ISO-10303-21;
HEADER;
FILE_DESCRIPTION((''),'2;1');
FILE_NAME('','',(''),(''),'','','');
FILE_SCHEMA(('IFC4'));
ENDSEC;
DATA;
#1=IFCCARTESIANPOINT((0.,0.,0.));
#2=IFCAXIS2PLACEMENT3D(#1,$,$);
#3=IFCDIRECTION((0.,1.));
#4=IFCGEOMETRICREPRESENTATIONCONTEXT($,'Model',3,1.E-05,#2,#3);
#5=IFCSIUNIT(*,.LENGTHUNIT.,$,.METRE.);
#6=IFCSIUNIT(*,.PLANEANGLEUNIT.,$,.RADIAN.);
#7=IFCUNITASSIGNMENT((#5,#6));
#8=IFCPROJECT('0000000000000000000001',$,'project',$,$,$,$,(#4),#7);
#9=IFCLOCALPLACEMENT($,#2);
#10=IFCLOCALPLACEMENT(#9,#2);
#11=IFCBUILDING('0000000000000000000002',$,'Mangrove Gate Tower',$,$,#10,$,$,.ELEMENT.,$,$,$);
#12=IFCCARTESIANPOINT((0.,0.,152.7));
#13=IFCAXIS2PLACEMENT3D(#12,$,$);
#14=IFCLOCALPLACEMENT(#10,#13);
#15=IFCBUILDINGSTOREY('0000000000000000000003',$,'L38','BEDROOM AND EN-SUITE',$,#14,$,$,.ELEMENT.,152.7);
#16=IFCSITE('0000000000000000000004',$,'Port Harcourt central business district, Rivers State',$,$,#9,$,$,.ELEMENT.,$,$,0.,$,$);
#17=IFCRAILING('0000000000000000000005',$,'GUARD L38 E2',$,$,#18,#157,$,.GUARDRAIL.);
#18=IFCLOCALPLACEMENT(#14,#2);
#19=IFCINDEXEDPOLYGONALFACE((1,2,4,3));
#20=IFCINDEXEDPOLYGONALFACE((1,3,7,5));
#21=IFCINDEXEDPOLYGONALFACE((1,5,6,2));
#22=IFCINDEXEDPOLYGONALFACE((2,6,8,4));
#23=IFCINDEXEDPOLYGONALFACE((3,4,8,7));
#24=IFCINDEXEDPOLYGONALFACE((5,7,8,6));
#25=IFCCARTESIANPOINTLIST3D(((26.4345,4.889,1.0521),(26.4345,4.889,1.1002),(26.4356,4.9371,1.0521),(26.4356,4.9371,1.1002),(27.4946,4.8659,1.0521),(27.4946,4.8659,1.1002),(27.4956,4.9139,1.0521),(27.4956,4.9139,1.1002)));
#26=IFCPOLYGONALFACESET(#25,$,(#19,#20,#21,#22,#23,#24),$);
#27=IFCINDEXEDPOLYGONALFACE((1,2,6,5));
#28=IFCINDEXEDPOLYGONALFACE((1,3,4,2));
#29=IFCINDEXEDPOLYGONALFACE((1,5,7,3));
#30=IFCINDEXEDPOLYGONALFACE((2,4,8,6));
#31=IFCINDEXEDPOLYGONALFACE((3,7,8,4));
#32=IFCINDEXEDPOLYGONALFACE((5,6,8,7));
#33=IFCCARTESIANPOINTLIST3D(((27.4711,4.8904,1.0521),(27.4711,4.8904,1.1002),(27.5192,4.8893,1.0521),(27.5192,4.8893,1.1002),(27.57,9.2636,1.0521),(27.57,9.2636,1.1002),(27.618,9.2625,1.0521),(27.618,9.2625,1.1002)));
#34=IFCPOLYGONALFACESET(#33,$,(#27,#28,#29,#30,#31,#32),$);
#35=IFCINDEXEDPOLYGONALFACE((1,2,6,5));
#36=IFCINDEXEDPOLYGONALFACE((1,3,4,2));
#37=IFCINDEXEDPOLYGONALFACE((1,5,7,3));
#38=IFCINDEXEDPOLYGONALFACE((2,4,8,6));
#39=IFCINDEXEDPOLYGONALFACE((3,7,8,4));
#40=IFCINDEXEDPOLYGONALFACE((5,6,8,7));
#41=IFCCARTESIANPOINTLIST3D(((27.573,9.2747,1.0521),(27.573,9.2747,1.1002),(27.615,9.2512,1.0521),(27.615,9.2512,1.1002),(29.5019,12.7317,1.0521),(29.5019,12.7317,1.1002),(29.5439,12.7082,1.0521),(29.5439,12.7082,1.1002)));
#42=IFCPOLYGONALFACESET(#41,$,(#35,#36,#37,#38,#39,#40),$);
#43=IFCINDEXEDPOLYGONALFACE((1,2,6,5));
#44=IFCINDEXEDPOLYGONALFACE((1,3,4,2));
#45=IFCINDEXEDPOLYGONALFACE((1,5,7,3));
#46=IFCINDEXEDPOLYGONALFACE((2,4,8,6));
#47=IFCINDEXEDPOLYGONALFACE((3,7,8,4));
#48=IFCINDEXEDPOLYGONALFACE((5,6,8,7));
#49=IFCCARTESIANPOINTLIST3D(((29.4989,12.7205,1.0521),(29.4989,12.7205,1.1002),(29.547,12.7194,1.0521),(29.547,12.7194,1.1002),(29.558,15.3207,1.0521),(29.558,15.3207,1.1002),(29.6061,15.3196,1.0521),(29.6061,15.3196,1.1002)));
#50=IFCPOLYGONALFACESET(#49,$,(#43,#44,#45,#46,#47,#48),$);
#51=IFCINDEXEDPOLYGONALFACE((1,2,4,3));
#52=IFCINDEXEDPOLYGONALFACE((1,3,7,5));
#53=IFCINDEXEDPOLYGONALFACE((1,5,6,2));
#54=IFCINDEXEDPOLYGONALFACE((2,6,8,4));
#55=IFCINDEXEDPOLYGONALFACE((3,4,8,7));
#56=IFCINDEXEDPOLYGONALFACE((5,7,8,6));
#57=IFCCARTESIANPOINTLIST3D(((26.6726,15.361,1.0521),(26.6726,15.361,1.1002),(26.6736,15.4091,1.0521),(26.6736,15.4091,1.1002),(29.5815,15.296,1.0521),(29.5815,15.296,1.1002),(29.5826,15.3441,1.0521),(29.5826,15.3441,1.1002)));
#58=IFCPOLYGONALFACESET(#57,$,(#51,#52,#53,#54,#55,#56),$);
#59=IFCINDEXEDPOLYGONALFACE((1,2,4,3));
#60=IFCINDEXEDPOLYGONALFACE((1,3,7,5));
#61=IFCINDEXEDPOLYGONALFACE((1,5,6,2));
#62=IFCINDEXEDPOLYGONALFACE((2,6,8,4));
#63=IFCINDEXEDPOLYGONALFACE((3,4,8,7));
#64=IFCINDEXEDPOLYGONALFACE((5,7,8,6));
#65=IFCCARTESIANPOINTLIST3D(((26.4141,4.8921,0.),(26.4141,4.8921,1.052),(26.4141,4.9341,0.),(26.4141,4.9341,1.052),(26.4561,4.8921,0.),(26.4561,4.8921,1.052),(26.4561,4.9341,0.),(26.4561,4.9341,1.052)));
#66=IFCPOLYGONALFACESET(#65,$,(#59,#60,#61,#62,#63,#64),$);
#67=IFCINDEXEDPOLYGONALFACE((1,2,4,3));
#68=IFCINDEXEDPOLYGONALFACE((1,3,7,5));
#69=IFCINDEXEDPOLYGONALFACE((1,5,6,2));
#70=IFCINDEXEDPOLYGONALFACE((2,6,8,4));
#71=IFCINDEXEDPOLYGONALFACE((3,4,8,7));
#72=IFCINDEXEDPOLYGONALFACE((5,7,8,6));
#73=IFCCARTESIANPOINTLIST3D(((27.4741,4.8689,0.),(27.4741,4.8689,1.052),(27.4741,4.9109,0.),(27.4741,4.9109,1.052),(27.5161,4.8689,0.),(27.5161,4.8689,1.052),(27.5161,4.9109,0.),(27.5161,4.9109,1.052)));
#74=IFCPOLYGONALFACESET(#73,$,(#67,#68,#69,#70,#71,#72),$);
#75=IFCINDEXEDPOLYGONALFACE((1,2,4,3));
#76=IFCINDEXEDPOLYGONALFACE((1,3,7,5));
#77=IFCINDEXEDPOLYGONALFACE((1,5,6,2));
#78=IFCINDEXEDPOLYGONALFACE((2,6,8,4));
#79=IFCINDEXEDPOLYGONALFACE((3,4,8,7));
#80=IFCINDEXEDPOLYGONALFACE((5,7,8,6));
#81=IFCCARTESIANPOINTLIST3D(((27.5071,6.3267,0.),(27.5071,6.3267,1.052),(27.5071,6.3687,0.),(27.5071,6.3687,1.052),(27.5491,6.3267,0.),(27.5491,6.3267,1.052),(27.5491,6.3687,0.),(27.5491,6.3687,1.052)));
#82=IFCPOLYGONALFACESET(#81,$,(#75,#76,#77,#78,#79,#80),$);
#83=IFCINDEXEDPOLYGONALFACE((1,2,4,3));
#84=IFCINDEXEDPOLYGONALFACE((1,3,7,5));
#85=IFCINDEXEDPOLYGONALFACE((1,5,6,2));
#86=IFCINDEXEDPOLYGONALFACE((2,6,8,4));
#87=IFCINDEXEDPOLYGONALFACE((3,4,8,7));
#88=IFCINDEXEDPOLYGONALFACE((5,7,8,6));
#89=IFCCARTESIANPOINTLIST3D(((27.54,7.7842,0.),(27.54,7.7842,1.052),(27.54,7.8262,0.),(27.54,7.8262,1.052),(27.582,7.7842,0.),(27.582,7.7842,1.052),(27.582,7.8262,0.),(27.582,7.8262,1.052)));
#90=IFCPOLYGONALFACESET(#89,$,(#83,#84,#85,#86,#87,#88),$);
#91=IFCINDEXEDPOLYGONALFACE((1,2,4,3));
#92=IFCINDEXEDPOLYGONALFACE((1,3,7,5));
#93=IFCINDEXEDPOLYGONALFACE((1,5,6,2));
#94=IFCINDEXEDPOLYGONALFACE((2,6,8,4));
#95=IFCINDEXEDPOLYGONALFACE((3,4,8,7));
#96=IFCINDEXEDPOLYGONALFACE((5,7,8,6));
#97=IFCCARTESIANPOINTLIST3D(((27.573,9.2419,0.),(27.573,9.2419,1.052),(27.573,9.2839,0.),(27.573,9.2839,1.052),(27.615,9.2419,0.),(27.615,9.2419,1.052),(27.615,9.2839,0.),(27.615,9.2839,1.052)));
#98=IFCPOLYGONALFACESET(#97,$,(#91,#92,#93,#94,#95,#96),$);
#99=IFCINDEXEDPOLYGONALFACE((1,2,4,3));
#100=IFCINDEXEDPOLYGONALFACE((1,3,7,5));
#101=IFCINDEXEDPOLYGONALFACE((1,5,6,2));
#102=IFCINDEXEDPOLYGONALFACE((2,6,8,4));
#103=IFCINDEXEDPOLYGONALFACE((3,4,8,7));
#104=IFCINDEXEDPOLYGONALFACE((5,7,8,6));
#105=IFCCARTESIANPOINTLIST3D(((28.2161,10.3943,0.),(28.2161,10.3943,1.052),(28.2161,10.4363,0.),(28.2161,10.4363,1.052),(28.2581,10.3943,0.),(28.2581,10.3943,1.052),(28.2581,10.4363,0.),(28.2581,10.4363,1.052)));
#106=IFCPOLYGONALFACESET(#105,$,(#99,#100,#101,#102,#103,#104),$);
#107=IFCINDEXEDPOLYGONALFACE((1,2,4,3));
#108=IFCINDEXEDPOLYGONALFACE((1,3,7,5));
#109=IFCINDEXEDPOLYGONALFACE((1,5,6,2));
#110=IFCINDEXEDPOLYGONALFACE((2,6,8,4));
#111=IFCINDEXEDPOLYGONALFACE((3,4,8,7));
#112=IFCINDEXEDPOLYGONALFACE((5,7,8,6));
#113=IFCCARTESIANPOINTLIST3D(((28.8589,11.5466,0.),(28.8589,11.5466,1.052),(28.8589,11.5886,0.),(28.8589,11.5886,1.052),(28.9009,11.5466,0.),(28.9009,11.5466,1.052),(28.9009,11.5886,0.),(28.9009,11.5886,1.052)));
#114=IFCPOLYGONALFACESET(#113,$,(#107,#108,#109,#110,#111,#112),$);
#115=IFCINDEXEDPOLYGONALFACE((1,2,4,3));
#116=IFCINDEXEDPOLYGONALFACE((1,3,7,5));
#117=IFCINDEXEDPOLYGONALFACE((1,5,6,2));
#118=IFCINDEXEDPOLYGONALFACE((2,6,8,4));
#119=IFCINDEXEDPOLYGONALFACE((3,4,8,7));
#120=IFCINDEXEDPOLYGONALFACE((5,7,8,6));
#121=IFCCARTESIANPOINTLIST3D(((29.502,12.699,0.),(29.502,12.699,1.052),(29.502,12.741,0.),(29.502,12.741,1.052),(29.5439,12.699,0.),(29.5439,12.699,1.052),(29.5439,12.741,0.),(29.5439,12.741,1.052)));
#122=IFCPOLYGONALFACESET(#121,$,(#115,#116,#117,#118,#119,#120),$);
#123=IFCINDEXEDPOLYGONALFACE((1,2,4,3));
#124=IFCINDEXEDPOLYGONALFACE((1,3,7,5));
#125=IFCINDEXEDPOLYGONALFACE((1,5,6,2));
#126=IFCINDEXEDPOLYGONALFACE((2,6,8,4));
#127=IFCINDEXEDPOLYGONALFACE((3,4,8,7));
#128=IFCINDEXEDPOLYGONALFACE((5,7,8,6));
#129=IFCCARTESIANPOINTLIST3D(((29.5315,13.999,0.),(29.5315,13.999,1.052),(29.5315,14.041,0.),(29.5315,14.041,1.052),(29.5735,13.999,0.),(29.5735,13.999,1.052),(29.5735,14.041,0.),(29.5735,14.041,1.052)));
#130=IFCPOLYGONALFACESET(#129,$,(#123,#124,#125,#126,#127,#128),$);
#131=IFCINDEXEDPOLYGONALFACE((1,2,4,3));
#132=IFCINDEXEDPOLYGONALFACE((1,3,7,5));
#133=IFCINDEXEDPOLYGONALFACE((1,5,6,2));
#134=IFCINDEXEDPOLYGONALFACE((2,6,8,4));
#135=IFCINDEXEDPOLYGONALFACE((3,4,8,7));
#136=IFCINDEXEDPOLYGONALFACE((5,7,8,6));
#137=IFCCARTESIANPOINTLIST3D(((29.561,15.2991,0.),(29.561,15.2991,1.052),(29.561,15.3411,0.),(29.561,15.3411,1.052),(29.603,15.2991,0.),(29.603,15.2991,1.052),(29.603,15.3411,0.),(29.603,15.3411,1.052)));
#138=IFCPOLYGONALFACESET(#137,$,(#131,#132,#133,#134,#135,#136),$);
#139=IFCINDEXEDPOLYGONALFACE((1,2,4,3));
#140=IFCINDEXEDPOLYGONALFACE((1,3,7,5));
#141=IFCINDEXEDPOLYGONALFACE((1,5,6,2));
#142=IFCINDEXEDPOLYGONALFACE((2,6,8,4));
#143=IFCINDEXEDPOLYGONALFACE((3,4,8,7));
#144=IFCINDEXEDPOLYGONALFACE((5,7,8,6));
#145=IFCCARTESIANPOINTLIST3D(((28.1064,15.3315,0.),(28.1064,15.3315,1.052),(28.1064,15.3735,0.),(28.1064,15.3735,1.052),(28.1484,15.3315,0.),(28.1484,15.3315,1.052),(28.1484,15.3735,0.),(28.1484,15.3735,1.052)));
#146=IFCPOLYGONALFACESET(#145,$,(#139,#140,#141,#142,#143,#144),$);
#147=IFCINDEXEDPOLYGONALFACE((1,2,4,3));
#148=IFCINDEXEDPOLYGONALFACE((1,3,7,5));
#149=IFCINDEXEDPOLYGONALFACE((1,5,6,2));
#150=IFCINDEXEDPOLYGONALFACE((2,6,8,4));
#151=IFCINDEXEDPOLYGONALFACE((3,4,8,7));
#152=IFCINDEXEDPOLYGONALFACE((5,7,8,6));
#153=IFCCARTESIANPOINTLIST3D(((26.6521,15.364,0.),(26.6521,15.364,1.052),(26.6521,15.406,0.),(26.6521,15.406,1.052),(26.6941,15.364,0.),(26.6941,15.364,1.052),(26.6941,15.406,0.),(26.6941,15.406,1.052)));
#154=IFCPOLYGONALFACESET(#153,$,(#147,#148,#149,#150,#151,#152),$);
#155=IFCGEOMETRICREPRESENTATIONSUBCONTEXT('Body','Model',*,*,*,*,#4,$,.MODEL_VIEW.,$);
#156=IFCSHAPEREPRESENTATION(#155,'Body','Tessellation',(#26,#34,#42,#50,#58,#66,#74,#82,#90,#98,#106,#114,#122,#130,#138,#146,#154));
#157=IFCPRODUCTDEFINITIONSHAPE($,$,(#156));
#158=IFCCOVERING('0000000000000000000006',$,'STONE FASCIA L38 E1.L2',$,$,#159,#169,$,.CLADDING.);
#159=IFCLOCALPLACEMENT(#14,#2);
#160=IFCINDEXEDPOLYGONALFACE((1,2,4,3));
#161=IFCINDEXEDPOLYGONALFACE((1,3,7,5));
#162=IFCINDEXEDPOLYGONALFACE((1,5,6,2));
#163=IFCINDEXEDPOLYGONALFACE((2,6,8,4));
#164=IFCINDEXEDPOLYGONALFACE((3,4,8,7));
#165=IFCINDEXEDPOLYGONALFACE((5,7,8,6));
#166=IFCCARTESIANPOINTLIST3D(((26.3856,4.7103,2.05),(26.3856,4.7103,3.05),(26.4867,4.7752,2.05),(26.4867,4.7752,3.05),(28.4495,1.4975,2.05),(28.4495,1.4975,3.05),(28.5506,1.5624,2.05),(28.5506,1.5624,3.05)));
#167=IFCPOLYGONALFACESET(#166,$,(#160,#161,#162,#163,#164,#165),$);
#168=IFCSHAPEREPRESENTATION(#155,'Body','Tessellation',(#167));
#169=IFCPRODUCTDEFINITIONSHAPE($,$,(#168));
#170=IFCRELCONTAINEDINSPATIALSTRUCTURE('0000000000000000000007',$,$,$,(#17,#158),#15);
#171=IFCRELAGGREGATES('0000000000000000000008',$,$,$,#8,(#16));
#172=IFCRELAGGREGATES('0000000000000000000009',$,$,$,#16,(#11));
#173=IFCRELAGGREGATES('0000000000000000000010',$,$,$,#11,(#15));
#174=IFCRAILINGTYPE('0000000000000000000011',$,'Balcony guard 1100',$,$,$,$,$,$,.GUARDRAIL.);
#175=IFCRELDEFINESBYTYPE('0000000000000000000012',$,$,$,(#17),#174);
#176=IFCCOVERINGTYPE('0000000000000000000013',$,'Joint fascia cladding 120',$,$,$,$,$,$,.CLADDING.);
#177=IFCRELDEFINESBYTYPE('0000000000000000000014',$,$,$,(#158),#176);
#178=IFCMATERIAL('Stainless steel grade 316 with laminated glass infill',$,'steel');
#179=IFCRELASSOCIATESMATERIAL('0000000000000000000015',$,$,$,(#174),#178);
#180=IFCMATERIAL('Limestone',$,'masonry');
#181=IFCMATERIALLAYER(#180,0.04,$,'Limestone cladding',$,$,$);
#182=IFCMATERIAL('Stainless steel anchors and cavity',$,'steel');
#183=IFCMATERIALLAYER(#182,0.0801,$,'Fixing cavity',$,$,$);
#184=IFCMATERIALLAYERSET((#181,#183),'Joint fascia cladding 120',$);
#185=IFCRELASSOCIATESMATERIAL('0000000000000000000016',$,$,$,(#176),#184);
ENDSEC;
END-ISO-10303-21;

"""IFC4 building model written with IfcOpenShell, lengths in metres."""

from ifc_helpers import new_model, si_unit, direction, frame, frame_2d, origin, origin_2d, place, context, subcontext, project, spatial, rectangle, extrude, material, layer, layer_set, type_object, element, save


model = new_model("IFC4")

# Units and contexts
model_context = context("Model", 3, precision=1e-05, world=origin(), true_north=direction((0.0, 1.0)))
body_context = subcontext(model_context, "Body", "Model", "MODEL_VIEW")
ifc_project = project(units=[si_unit("LENGTHUNIT", "METRE"), si_unit("PLANEANGLEUNIT", "RADIAN")], contexts=[model_context])

# Site, building, storey
site_placement = place(None, origin())
site = spatial("IfcSite", under=ifc_project, at=site_placement, Name="Port Harcourt central business district, Rivers State", CompositionType="ELEMENT", RefElevation=0.0)
building_placement = place(site_placement, origin())
building = spatial("IfcBuilding", under=site, at=building_placement, Name="Mangrove Gate Tower", CompositionType="ELEMENT")
storey_placement = place(building_placement, frame((0.0, 0.0, 152.7)))
storey = spatial("IfcBuildingStorey", under=building, at=storey_placement, Name="L38", Description="BEDROOM AND EN-SUITE", CompositionType="ELEMENT", Elevation=152.7)

# Shared definitions
ifc_material_1 = material(Name="Limestone", Category="masonry")

# Railing
ifc_material_2 = material(Name="Stainless steel grade 316 with laminated glass infill", Category="steel")
railing_type = type_object("IfcRailingType", Name="Balcony guard 1100", PredefinedType="GUARDRAIL", material=ifc_material_2)
railing_placement = place(storey_placement, frame((26.4351, 4.9131, 0.0)))
element("IfcRailing", 1, at=railing_placement, inside=storey, type_object=railing_type, Name="GUARD L38 E2", PredefinedType="GUARDRAIL", context=body_context, shape_type="SweptSolid", body=[
    extrude(rectangle(XDim=0.0481, YDim=0.0481, at=origin_2d()), frame((0.0, 0.0, 1.0762), z_axis=(0.999761, -0.021874, 0.0), x_axis=(0.021874, 0.999761, 0.0)), (0.0, 0.0, 1.0), 1.0603),
    extrude(rectangle(XDim=0.0481, YDim=0.0481, at=origin_2d()), frame((1.0601, -0.0232, 1.0762), z_axis=(0.022605, 0.999744, 0.0), x_axis=(-0.999744, 0.022605, 0.0)), (0.0, 0.0, 1.0), 4.3743),
    extrude(rectangle(XDim=0.0481, YDim=0.0481, at=origin_2d()), frame((1.1589, 4.3499, 1.0762), z_axis=(0.48726, 0.873257, 0.0), x_axis=(-0.873257, 0.48726, 0.0)), (0.0, 0.0, 1.0), 3.9587),
    extrude(rectangle(XDim=0.0481, YDim=0.0481, at=origin_2d()), frame((3.0879, 7.8069, 1.0762), z_axis=(0.022717, 0.999742, 0.0), x_axis=(-0.999742, 0.022717, 0.0)), (0.0, 0.0, 1.0), 2.6008),
    extrude(rectangle(XDim=0.0481, YDim=0.0481, at=origin_2d()), frame((3.147, 10.407, 1.0762), z_axis=(-0.999751, 0.022319, 0.0), x_axis=(-0.022319, -0.999751, 0.0)), (0.0, 0.0, 1.0), 2.9097),
    extrude(rectangle(XDim=0.042, YDim=0.042, at=origin_2d()), origin(), (0.0, 0.0, 1.0), 1.052),
    extrude(rectangle(XDim=0.042, YDim=0.042, at=origin_2d()), frame((1.0601, -0.0232, 0.0)), (0.0, 0.0, 1.0), 1.052),
    extrude(rectangle(XDim=0.042, YDim=0.042, at=origin_2d()), frame((1.093, 1.4346, 0.0)), (0.0, 0.0, 1.0), 1.052),
    extrude(rectangle(XDim=0.042, YDim=0.042, at=origin_2d()), frame((1.126, 2.8921, 0.0)), (0.0, 0.0, 1.0), 1.052),
    extrude(rectangle(XDim=0.042, YDim=0.042, at=origin_2d()), frame((1.1589, 4.3499, 0.0)), (0.0, 0.0, 1.0), 1.052),
    extrude(rectangle(XDim=0.042, YDim=0.042, at=origin_2d()), frame((1.802, 5.5022, 0.0)), (0.0, 0.0, 1.0), 1.052),
    extrude(rectangle(XDim=0.042, YDim=0.042, at=origin_2d()), frame((2.4448, 6.6545, 0.0)), (0.0, 0.0, 1.0), 1.052),
    extrude(rectangle(XDim=0.042, YDim=0.042, at=origin_2d()), frame((3.0879, 7.8069, 0.0)), (0.0, 0.0, 1.0), 1.052),
    extrude(rectangle(XDim=0.042, YDim=0.042, at=origin_2d()), frame((3.1174, 9.1069, 0.0)), (0.0, 0.0, 1.0), 1.052),
    extrude(rectangle(XDim=0.042, YDim=0.042, at=origin_2d()), frame((3.147, 10.407, 0.0)), (0.0, 0.0, 1.0), 1.052),
    extrude(rectangle(XDim=0.042, YDim=0.042, at=origin_2d()), frame((1.6924, 10.4395, 0.0)), (0.0, 0.0, 1.0), 1.052),
    extrude(rectangle(XDim=0.042, YDim=0.042, at=origin_2d()), frame((0.238, 10.4719, 0.0)), (0.0, 0.0, 1.0), 1.052),
])

# Covering
ifc_layer_1 = layer(ifc_material_1, 0.04, Name="Limestone cladding")
ifc_material_3 = material(Name="Stainless steel anchors and cavity", Category="steel")
ifc_layer_2 = layer(ifc_material_3, 0.0801, Name="Fixing cavity")
ifc_layer_set_1 = layer_set([ifc_layer_1, ifc_layer_2], Name="Joint fascia cladding 120")
covering_type = type_object("IfcCoveringType", Name="Joint fascia cladding 120", PredefinedType="CLADDING", material=ifc_layer_set_1)
covering_placement = place(storey_placement, frame((28.5, 1.53, 2.05), z_axis=(0.0, 0.0, 1.0), x_axis=(-0.540486, 0.841353, 0.0)))
element("IfcCovering", 2, at=covering_placement, inside=storey, type_object=covering_type, Name="STONE FASCIA L38 E1.L2", PredefinedType="CLADDING", context=body_context, shape_type="SweptSolid", body=[
    extrude(rectangle(XDim=3.8186, YDim=0.1201, at=frame_2d((1.9092, 0.0))), origin(), (0.0, 0.0, 1.0), 1.0),
])

save(model, "model.ifc")
